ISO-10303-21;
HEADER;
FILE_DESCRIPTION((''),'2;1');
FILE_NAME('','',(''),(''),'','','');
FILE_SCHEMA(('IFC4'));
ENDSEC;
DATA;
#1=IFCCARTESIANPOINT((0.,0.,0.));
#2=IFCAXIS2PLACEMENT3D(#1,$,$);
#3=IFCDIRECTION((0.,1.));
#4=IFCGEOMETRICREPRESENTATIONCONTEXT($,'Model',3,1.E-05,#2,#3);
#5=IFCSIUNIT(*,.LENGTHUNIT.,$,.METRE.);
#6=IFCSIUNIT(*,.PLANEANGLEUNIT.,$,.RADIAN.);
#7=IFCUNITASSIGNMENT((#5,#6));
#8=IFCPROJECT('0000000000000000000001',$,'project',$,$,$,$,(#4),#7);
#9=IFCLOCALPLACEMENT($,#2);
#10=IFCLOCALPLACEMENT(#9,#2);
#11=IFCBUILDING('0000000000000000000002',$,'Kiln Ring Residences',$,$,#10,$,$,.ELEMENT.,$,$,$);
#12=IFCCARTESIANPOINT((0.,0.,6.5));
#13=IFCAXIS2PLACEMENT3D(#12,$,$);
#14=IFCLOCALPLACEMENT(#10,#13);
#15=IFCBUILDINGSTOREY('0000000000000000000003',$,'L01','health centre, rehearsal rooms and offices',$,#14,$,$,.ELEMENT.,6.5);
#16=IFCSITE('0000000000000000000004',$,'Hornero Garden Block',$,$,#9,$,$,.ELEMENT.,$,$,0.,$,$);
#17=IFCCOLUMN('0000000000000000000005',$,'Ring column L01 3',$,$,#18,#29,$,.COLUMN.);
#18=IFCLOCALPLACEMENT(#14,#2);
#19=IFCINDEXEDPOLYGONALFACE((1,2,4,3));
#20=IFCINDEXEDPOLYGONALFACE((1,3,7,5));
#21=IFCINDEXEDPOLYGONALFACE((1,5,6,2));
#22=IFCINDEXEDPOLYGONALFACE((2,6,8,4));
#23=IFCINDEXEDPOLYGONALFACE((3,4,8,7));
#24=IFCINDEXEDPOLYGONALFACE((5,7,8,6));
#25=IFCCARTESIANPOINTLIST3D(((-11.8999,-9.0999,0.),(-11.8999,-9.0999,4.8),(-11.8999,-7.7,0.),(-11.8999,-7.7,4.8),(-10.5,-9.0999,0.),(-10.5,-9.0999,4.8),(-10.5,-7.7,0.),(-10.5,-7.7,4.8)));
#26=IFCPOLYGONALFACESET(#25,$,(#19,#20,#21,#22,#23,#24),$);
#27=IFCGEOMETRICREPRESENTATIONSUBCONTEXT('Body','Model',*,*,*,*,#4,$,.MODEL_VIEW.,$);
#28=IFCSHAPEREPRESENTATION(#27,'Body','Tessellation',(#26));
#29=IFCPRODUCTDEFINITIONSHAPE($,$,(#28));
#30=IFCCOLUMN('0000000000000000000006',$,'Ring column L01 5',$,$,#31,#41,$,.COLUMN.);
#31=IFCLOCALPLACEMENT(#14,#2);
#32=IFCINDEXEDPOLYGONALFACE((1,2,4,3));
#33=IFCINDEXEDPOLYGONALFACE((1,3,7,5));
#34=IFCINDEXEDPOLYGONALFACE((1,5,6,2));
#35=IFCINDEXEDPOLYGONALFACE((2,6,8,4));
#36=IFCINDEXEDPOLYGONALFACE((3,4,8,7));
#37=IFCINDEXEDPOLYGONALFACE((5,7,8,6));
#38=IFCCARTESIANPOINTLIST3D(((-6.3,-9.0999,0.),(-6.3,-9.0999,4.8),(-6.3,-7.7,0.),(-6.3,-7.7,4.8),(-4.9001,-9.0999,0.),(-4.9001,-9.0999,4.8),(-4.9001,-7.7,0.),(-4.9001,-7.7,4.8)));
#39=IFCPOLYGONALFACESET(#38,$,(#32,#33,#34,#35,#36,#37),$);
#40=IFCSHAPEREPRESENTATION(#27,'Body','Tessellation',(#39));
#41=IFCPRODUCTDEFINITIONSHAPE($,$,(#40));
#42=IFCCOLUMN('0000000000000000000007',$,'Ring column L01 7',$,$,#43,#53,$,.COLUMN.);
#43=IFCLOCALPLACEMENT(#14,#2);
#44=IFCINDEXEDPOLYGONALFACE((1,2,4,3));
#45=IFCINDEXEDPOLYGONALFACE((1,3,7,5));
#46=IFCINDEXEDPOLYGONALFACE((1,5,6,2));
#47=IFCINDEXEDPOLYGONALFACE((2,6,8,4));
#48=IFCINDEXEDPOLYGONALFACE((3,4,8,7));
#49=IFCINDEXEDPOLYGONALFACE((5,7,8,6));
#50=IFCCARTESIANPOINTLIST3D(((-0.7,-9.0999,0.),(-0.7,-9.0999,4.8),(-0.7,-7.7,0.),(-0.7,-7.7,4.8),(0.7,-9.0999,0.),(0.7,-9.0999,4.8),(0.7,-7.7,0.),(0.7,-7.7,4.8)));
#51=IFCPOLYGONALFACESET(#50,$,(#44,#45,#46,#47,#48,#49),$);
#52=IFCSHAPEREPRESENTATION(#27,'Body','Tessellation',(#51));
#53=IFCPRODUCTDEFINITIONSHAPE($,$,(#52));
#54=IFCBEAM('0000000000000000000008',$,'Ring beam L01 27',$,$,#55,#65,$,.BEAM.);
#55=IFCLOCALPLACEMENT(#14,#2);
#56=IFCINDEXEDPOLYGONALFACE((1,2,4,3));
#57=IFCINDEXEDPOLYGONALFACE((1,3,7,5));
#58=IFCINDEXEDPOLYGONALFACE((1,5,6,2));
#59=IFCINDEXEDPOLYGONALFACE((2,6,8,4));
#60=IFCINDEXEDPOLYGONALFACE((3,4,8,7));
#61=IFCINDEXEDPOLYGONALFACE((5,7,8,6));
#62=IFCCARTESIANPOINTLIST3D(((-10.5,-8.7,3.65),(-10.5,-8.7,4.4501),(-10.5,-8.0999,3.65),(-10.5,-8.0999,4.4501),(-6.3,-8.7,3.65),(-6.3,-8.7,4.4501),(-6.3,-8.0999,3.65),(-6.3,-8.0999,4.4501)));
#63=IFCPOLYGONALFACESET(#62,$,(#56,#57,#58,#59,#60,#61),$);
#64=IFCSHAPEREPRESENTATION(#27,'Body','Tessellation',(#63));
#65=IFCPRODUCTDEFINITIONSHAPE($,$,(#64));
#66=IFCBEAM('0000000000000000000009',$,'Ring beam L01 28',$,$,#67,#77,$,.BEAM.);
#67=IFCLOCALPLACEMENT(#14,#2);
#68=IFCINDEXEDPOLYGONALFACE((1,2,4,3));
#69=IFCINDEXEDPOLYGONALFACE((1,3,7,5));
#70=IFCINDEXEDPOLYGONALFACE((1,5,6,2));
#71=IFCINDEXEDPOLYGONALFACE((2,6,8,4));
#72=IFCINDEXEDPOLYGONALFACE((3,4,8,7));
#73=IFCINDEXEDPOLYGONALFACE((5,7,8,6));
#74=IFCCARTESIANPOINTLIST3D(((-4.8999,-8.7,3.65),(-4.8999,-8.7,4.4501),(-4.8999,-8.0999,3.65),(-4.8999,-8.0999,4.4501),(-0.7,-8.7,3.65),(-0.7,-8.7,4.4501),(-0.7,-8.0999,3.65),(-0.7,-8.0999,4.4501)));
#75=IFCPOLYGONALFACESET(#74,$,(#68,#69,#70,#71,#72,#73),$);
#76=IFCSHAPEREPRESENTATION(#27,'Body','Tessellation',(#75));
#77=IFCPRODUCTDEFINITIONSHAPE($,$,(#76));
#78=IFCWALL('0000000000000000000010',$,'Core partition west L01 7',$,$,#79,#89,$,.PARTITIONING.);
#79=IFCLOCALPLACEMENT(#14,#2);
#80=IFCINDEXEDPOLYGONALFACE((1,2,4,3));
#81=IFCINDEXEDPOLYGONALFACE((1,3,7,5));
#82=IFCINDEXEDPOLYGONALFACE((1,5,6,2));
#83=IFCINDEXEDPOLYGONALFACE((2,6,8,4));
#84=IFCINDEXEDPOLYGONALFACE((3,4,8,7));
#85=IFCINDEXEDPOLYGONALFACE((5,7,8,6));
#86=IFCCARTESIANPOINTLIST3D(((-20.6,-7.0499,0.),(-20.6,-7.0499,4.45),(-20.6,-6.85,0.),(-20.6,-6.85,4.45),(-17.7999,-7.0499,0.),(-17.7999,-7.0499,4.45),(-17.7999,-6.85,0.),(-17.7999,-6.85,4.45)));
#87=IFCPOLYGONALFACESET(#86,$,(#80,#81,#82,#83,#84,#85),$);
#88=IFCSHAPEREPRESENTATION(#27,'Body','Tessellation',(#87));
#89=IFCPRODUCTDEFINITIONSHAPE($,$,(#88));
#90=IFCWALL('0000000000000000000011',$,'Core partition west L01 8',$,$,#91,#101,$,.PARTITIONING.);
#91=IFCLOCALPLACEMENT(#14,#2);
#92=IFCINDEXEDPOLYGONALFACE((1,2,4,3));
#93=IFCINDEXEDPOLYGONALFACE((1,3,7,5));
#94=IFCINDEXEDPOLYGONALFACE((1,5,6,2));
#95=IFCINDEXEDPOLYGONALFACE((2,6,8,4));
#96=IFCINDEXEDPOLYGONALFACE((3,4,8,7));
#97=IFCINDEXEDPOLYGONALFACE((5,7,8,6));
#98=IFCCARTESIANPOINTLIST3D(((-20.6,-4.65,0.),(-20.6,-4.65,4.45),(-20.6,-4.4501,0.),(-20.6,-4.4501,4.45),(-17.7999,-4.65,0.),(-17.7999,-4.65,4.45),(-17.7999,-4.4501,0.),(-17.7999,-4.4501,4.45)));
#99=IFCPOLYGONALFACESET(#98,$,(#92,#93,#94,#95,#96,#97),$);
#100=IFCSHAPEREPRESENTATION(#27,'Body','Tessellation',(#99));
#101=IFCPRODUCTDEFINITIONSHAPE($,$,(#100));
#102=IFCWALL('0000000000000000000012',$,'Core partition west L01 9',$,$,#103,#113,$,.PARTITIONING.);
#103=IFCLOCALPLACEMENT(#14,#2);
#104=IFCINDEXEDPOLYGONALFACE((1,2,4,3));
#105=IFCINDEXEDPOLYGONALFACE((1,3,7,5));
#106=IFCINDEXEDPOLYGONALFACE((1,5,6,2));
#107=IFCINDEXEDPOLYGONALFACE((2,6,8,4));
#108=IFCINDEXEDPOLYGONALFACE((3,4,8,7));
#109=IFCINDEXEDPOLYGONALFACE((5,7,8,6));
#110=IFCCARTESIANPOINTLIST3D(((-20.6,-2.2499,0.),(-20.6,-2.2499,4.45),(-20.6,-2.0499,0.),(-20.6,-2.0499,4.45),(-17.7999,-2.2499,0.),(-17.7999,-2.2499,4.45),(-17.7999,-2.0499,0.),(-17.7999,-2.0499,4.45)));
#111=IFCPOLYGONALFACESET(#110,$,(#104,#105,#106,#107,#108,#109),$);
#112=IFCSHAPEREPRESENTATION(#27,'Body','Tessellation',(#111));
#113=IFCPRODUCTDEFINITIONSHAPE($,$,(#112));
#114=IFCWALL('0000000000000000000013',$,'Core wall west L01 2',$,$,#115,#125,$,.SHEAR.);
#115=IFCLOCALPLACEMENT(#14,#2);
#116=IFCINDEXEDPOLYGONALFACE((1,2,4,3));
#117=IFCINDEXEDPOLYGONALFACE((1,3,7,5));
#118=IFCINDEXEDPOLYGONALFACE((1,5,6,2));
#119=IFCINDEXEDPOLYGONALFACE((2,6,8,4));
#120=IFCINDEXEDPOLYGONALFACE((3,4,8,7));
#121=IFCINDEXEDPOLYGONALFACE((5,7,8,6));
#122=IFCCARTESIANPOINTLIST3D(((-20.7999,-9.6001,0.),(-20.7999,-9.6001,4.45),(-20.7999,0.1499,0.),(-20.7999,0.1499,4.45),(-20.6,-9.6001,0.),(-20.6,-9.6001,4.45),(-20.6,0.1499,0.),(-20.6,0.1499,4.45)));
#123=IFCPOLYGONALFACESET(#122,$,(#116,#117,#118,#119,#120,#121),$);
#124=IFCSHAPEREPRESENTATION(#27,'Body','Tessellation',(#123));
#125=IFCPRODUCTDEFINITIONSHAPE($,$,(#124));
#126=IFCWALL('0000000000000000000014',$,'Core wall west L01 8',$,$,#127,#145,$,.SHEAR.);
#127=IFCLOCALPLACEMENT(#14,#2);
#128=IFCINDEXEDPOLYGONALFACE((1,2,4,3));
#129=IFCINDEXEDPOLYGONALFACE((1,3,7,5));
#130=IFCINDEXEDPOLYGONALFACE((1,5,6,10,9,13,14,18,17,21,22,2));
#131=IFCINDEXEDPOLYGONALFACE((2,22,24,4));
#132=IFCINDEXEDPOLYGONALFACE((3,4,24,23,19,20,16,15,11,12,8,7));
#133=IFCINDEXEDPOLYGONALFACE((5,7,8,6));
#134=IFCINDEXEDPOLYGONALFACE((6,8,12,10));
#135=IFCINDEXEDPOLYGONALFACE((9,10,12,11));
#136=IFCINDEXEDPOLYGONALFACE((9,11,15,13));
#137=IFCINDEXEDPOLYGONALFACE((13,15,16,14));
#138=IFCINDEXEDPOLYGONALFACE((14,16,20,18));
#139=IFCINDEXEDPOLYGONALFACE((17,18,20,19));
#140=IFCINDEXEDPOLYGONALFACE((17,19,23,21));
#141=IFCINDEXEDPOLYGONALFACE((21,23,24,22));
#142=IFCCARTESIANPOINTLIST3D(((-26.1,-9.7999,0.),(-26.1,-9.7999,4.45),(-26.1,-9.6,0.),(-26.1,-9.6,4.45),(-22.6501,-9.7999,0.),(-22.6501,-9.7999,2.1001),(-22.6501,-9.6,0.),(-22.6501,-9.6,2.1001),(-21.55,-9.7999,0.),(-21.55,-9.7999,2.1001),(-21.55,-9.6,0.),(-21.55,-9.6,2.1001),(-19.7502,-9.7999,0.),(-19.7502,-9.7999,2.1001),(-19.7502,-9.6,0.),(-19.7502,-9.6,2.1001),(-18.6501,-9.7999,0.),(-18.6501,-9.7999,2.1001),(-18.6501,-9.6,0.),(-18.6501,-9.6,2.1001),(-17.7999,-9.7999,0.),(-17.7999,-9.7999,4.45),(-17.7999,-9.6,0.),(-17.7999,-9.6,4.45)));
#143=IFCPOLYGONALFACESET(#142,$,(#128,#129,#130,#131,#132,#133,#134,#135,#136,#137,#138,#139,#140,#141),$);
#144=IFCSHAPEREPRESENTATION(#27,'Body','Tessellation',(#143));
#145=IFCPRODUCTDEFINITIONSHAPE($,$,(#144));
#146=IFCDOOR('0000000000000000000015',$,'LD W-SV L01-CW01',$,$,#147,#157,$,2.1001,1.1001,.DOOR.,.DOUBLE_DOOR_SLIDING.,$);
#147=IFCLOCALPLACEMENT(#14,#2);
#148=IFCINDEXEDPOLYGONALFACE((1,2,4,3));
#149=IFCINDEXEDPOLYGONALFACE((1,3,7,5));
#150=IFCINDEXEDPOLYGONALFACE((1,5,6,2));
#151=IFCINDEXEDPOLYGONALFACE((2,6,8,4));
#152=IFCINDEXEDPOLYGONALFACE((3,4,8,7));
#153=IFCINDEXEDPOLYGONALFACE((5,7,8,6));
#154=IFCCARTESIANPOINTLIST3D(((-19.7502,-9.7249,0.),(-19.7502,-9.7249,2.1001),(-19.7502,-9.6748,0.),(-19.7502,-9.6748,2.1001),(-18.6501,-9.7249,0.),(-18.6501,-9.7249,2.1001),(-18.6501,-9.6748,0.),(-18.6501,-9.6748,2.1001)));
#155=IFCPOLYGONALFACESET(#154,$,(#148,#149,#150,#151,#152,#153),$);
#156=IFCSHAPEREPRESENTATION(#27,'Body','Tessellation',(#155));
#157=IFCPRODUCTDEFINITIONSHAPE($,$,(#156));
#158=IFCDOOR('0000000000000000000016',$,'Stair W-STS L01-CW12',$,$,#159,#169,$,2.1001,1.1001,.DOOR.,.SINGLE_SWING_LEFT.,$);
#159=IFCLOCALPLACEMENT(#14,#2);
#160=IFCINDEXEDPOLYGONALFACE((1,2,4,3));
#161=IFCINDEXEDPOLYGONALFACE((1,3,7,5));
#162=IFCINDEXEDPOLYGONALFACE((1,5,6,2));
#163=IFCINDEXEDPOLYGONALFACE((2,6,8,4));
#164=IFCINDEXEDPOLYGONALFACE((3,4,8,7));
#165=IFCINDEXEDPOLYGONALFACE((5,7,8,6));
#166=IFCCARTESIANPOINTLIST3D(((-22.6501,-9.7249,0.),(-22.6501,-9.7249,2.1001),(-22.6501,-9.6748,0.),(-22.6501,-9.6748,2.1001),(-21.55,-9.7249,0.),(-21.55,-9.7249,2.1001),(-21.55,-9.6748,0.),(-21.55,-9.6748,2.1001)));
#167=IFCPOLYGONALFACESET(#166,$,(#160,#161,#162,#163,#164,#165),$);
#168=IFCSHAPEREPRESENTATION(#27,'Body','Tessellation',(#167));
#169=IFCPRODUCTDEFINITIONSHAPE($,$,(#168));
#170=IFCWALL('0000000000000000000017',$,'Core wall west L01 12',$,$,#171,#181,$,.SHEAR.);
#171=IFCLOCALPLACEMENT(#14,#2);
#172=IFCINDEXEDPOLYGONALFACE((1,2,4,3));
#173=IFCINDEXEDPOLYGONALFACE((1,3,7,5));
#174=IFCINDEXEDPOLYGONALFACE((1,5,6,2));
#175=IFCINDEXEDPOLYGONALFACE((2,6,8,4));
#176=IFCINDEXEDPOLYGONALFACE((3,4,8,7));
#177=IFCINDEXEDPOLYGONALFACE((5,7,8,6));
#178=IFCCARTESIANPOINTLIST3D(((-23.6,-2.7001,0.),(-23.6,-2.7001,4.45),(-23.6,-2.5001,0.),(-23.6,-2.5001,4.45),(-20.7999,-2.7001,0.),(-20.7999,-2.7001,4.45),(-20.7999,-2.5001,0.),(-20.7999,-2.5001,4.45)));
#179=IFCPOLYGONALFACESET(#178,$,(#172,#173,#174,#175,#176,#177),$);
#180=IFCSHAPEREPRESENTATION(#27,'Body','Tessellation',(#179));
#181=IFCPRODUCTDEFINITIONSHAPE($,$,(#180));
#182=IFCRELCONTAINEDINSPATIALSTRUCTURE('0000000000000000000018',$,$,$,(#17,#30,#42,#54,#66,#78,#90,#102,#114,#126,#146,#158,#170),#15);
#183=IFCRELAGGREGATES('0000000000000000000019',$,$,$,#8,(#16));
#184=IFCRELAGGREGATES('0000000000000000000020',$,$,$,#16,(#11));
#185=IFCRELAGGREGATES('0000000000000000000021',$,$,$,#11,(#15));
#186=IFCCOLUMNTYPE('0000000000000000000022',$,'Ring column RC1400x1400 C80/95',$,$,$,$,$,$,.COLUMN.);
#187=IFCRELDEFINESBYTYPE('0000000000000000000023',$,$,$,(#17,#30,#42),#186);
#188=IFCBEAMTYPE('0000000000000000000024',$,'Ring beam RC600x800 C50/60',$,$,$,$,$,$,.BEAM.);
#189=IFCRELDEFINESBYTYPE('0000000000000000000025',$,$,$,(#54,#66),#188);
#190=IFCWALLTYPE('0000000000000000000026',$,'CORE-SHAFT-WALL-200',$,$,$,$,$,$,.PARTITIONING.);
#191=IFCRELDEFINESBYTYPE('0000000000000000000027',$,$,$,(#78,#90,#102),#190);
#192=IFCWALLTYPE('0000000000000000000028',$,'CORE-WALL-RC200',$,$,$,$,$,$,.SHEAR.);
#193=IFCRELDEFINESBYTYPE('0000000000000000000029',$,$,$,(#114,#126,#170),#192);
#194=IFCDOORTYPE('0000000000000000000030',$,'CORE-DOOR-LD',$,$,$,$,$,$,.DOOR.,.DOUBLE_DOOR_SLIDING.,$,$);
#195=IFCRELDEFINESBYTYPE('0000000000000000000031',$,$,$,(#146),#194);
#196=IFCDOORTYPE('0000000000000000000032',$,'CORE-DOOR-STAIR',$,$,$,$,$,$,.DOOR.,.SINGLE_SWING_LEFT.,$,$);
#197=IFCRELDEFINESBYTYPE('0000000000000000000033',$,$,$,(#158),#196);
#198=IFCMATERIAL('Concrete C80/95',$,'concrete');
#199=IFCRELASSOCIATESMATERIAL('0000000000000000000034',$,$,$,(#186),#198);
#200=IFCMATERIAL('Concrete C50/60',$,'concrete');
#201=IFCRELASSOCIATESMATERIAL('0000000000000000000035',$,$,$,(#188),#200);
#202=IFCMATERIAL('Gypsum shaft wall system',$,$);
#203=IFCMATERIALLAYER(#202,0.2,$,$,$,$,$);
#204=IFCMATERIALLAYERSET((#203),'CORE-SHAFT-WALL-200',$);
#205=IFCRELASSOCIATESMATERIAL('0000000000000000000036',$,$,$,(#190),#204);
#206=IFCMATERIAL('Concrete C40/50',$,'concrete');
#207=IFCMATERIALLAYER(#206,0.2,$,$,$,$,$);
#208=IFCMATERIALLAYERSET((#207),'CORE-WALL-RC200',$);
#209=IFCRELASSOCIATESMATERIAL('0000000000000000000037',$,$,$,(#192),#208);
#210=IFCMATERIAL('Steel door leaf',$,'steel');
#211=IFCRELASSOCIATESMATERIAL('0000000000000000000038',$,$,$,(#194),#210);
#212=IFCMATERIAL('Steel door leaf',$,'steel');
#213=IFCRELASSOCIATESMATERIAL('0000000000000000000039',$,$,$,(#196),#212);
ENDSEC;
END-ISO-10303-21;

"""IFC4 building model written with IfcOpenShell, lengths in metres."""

from ifc_helpers import new_model, si_unit, direction, frame, frame_2d, origin, origin_2d, place, context, subcontext, project, spatial, rectangle, extrude, material, layer, layer_set, material_profile, profile_set, type_object, element, fill, save


model = new_model("IFC4")

# Units and contexts
model_context = context("Model", 3, precision=1e-05, world=origin(), true_north=direction((0.0, 1.0)))
body_context = subcontext(model_context, "Body", "Model", "MODEL_VIEW")
ifc_project = project(units=[si_unit("LENGTHUNIT", "METRE"), si_unit("PLANEANGLEUNIT", "RADIAN")], contexts=[model_context])

# Site, building, storey
site_placement = place(None, origin())
site = spatial("IfcSite", under=ifc_project, at=site_placement, Name="Hornero Garden Block", CompositionType="ELEMENT", RefElevation=0.0)
building_placement = place(site_placement, origin())
building = spatial("IfcBuilding", under=site, at=building_placement, Name="Kiln Ring Residences", CompositionType="ELEMENT")
storey_placement = place(building_placement, frame((0.0, 0.0, 6.5)))
storey = spatial("IfcBuildingStorey", under=building, at=storey_placement, Name="L01", Description="health centre, rehearsal rooms and offices", CompositionType="ELEMENT", Elevation=6.5)

# Columns
ifc_material_1 = material(Name="Concrete C80/95", Category="concrete")
ifc_material_profile_1 = material_profile(ifc_material_1, rectangle(XDim=1.3999, YDim=1.3999, at=origin_2d()), Name="RC1400x1400")
ifc_profile_set_1 = profile_set([ifc_material_profile_1], Name="Concrete C80/95")
column_type = type_object("IfcColumnType", Name="Ring column RC1400x1400 C80/95", PredefinedType="COLUMN", material=ifc_profile_set_1)
for number, where, z_axis, x_axis, name in (
    (1, (-11.2, -8.3999, 0.0), (0.0, 0.0, 1.0), (1.0, 0.0, 0.0), "Ring column L01 3"),
    (2, (-5.6001, -8.3999, 0.0), (0.0, 0.0, 1.0), (1.0, 0.0, 0.0), "Ring column L01 5"),
    (3, (0.0, -8.3999, 0.0), (0.0, 0.0, 1.0), (1.0, 0.0, 0.0), "Ring column L01 7"),
):
    element("IfcColumn", number, at=place(storey_placement, frame(where, z_axis=z_axis, x_axis=x_axis)), inside=storey, type_object=column_type, Name=name, PredefinedType="COLUMN", context=body_context, shape_type="SweptSolid", body=[
        extrude(rectangle(XDim=1.3999, YDim=1.3999, at=origin_2d()), origin(), (0.0, 0.0, 1.0), 4.8),
    ])

# Beams
ifc_material_2 = material(Name="Concrete C50/60", Category="concrete")
ifc_material_profile_2 = material_profile(ifc_material_2, rectangle(XDim=0.6001, YDim=0.8, at=origin_2d()), Name="RC600x800")
ifc_profile_set_2 = profile_set([ifc_material_profile_2], Name="Concrete C50/60")
beam_type = type_object("IfcBeamType", Name="Ring beam RC600x800 C50/60", PredefinedType="BEAM", material=ifc_profile_set_2)
for number, where, z_axis, x_axis, name in (
    (4, (-10.5, -8.3999, 4.05), (1.0, 0.0, 0.0), (0.0, 1.0, 0.0), "Ring beam L01 27"),
    (5, (-4.8999, -8.3999, 4.05), (1.0, 0.0, 0.0), (0.0, 1.0, 0.0), "Ring beam L01 28"),
):
    element("IfcBeam", number, at=place(storey_placement, frame(where, z_axis=z_axis, x_axis=x_axis)), inside=storey, type_object=beam_type, Name=name, PredefinedType="BEAM", context=body_context, shape_type="SweptSolid", body=[
        extrude(rectangle(XDim=0.6001, YDim=0.8, at=origin_2d()), origin(), (0.0, 0.0, 1.0), 4.2),
    ])

# Walls
ifc_material_3 = material(Name="Gypsum shaft wall system")
ifc_layer_1 = layer(ifc_material_3, 0.2)
ifc_layer_set_1 = layer_set([ifc_layer_1], Name="CORE-SHAFT-WALL-200")
wall_type_1 = type_object("IfcWallType", Name="CORE-SHAFT-WALL-200", PredefinedType="PARTITIONING", material=ifc_layer_set_1)
for number, where, z_axis, x_axis, name in (
    (6, (-17.8, -6.95, 0.0), (0.0, 0.0, 1.0), (-1.0, 0.0, 0.0), "Core partition west L01 7"),
    (7, (-17.8, -4.55, 0.0), (0.0, 0.0, 1.0), (-1.0, 0.0, 0.0), "Core partition west L01 8"),
    (8, (-17.8, -2.1499, 0.0), (0.0, 0.0, 1.0), (-1.0, 0.0, 0.0), "Core partition west L01 9"),
):
    element("IfcWall", number, at=place(storey_placement, frame(where, z_axis=z_axis, x_axis=x_axis)), inside=storey, type_object=wall_type_1, Name=name, PredefinedType="PARTITIONING", context=body_context, shape_type="SweptSolid", body=[
        extrude(rectangle(XDim=2.8, YDim=0.2, at=frame_2d((1.3999, 0.0))), origin(), (0.0, 0.0, 1.0), 4.45),
    ])
ifc_material_4 = material(Name="Concrete C40/50", Category="concrete")
ifc_layer_2 = layer(ifc_material_4, 0.2)
ifc_layer_set_2 = layer_set([ifc_layer_2], Name="CORE-WALL-RC200")
wall_type_2 = type_object("IfcWallType", Name="CORE-WALL-RC200", PredefinedType="SHEAR", material=ifc_layer_set_2)
wall_1_placement = place(storey_placement, frame((-20.7, -9.6001, 0.0), z_axis=(0.0, 0.0, 1.0), x_axis=(0.0, 1.0, 0.0)))
element("IfcWall", 9, at=wall_1_placement, inside=storey, type_object=wall_type_2, Name="Core wall west L01 2", PredefinedType="SHEAR", context=body_context, shape_type="SweptSolid", body=[
    extrude(rectangle(XDim=9.75, YDim=0.2, at=frame_2d((4.875, 0.0))), origin(), (0.0, 0.0, 1.0), 4.45),
])

# Wall, openings, doors
wall_2_placement = place(storey_placement, frame((-17.8, -9.7, 0.0), z_axis=(0.0, 0.0, 1.0), x_axis=(-1.0, 0.0, 0.0)))
wall_2 = element("IfcWall", 10, at=wall_2_placement, inside=storey, type_object=wall_type_2, Name="Core wall west L01 8", PredefinedType="SHEAR", context=body_context, shape_type="SweptSolid", body=[
    extrude(rectangle(XDim=8.3, YDim=0.2, at=frame_2d((4.1499, 0.0))), origin(), (0.0, 0.0, 1.0), 4.45),
])
opening_1_placement = place(wall_2_placement, frame((0.8501, 0.0, 0.0)))
opening_1 = element("IfcOpeningElement", 11, at=opening_1_placement, cuts=wall_2, PredefinedType="OPENING", context=body_context, shape_type="SweptSolid", body=[
    extrude(rectangle(XDim=1.1001, YDim=2.1001, at=frame_2d((0.55, 1.05))), frame((0.0, 0.1099, 0.0), z_axis=(0.0, -1.0, 0.0), x_axis=(1.0, 0.0, 0.0)), (0.0, 0.0, 1.0), 0.22),
])
opening_2_placement = place(wall_2_placement, frame((3.75, 0.0, 0.0)))
opening_2 = element("IfcOpeningElement", 12, at=opening_2_placement, cuts=wall_2, PredefinedType="OPENING", context=body_context, shape_type="SweptSolid", body=[
    extrude(rectangle(XDim=1.1001, YDim=2.1001, at=frame_2d((0.55, 1.05))), frame((0.0, 0.1099, 0.0), z_axis=(0.0, -1.0, 0.0), x_axis=(1.0, 0.0, 0.0)), (0.0, 0.0, 1.0), 0.22),
])
ifc_material_5 = material(Name="Steel door leaf", Category="steel")
door_type_1 = type_object("IfcDoorType", Name="CORE-DOOR-LD", OperationType="DOUBLE_DOOR_SLIDING", PredefinedType="DOOR", material=ifc_material_5)
door_1_placement = place(opening_1_placement, origin())
door_1 = element("IfcDoor", 13, at=door_1_placement, inside=storey, type_object=door_type_1, Name="LD W-SV L01-CW01", OperationType="DOUBLE_DOOR_SLIDING", OverallHeight=2.1001, OverallWidth=1.1001, PredefinedType="DOOR", context=body_context, shape_type="SweptSolid", body=[
    extrude(rectangle(XDim=1.1001, YDim=2.1001, at=frame_2d((0.55, 1.05))), frame((0.0, 0.0249, 0.0), z_axis=(0.0, -1.0, 0.0), x_axis=(1.0, 0.0, 0.0)), (0.0, 0.0, 1.0), 0.05),
])
fill(opening_1, door_1)
ifc_material_6 = material(Name="Steel door leaf", Category="steel")
door_type_2 = type_object("IfcDoorType", Name="CORE-DOOR-STAIR", OperationType="SINGLE_SWING_LEFT", PredefinedType="DOOR", material=ifc_material_6)
door_2_placement = place(opening_2_placement, origin())
door_2 = element("IfcDoor", 14, at=door_2_placement, inside=storey, type_object=door_type_2, Name="Stair W-STS L01-CW12", OperationType="SINGLE_SWING_LEFT", OverallHeight=2.1001, OverallWidth=1.1001, PredefinedType="DOOR", context=body_context, shape_type="SweptSolid", body=[
    extrude(rectangle(XDim=1.1001, YDim=2.1001, at=frame_2d((0.55, 1.05))), frame((0.0, 0.0249, 0.0), z_axis=(0.0, -1.0, 0.0), x_axis=(1.0, 0.0, 0.0)), (0.0, 0.0, 1.0), 0.05),
])
fill(opening_2, door_2)

# Wall
wall_3_placement = place(storey_placement, frame((-20.8, -2.6001, 0.0), z_axis=(0.0, 0.0, 1.0), x_axis=(-1.0, 0.0, 0.0)))
element("IfcWall", 15, at=wall_3_placement, inside=storey, type_object=wall_type_2, Name="Core wall west L01 12", PredefinedType="SHEAR", context=body_context, shape_type="SweptSolid", body=[
    extrude(rectangle(XDim=2.8, YDim=0.2, at=frame_2d((1.3999, 0.0))), origin(), (0.0, 0.0, 1.0), 4.45),
])

save(model, "model.ifc")
